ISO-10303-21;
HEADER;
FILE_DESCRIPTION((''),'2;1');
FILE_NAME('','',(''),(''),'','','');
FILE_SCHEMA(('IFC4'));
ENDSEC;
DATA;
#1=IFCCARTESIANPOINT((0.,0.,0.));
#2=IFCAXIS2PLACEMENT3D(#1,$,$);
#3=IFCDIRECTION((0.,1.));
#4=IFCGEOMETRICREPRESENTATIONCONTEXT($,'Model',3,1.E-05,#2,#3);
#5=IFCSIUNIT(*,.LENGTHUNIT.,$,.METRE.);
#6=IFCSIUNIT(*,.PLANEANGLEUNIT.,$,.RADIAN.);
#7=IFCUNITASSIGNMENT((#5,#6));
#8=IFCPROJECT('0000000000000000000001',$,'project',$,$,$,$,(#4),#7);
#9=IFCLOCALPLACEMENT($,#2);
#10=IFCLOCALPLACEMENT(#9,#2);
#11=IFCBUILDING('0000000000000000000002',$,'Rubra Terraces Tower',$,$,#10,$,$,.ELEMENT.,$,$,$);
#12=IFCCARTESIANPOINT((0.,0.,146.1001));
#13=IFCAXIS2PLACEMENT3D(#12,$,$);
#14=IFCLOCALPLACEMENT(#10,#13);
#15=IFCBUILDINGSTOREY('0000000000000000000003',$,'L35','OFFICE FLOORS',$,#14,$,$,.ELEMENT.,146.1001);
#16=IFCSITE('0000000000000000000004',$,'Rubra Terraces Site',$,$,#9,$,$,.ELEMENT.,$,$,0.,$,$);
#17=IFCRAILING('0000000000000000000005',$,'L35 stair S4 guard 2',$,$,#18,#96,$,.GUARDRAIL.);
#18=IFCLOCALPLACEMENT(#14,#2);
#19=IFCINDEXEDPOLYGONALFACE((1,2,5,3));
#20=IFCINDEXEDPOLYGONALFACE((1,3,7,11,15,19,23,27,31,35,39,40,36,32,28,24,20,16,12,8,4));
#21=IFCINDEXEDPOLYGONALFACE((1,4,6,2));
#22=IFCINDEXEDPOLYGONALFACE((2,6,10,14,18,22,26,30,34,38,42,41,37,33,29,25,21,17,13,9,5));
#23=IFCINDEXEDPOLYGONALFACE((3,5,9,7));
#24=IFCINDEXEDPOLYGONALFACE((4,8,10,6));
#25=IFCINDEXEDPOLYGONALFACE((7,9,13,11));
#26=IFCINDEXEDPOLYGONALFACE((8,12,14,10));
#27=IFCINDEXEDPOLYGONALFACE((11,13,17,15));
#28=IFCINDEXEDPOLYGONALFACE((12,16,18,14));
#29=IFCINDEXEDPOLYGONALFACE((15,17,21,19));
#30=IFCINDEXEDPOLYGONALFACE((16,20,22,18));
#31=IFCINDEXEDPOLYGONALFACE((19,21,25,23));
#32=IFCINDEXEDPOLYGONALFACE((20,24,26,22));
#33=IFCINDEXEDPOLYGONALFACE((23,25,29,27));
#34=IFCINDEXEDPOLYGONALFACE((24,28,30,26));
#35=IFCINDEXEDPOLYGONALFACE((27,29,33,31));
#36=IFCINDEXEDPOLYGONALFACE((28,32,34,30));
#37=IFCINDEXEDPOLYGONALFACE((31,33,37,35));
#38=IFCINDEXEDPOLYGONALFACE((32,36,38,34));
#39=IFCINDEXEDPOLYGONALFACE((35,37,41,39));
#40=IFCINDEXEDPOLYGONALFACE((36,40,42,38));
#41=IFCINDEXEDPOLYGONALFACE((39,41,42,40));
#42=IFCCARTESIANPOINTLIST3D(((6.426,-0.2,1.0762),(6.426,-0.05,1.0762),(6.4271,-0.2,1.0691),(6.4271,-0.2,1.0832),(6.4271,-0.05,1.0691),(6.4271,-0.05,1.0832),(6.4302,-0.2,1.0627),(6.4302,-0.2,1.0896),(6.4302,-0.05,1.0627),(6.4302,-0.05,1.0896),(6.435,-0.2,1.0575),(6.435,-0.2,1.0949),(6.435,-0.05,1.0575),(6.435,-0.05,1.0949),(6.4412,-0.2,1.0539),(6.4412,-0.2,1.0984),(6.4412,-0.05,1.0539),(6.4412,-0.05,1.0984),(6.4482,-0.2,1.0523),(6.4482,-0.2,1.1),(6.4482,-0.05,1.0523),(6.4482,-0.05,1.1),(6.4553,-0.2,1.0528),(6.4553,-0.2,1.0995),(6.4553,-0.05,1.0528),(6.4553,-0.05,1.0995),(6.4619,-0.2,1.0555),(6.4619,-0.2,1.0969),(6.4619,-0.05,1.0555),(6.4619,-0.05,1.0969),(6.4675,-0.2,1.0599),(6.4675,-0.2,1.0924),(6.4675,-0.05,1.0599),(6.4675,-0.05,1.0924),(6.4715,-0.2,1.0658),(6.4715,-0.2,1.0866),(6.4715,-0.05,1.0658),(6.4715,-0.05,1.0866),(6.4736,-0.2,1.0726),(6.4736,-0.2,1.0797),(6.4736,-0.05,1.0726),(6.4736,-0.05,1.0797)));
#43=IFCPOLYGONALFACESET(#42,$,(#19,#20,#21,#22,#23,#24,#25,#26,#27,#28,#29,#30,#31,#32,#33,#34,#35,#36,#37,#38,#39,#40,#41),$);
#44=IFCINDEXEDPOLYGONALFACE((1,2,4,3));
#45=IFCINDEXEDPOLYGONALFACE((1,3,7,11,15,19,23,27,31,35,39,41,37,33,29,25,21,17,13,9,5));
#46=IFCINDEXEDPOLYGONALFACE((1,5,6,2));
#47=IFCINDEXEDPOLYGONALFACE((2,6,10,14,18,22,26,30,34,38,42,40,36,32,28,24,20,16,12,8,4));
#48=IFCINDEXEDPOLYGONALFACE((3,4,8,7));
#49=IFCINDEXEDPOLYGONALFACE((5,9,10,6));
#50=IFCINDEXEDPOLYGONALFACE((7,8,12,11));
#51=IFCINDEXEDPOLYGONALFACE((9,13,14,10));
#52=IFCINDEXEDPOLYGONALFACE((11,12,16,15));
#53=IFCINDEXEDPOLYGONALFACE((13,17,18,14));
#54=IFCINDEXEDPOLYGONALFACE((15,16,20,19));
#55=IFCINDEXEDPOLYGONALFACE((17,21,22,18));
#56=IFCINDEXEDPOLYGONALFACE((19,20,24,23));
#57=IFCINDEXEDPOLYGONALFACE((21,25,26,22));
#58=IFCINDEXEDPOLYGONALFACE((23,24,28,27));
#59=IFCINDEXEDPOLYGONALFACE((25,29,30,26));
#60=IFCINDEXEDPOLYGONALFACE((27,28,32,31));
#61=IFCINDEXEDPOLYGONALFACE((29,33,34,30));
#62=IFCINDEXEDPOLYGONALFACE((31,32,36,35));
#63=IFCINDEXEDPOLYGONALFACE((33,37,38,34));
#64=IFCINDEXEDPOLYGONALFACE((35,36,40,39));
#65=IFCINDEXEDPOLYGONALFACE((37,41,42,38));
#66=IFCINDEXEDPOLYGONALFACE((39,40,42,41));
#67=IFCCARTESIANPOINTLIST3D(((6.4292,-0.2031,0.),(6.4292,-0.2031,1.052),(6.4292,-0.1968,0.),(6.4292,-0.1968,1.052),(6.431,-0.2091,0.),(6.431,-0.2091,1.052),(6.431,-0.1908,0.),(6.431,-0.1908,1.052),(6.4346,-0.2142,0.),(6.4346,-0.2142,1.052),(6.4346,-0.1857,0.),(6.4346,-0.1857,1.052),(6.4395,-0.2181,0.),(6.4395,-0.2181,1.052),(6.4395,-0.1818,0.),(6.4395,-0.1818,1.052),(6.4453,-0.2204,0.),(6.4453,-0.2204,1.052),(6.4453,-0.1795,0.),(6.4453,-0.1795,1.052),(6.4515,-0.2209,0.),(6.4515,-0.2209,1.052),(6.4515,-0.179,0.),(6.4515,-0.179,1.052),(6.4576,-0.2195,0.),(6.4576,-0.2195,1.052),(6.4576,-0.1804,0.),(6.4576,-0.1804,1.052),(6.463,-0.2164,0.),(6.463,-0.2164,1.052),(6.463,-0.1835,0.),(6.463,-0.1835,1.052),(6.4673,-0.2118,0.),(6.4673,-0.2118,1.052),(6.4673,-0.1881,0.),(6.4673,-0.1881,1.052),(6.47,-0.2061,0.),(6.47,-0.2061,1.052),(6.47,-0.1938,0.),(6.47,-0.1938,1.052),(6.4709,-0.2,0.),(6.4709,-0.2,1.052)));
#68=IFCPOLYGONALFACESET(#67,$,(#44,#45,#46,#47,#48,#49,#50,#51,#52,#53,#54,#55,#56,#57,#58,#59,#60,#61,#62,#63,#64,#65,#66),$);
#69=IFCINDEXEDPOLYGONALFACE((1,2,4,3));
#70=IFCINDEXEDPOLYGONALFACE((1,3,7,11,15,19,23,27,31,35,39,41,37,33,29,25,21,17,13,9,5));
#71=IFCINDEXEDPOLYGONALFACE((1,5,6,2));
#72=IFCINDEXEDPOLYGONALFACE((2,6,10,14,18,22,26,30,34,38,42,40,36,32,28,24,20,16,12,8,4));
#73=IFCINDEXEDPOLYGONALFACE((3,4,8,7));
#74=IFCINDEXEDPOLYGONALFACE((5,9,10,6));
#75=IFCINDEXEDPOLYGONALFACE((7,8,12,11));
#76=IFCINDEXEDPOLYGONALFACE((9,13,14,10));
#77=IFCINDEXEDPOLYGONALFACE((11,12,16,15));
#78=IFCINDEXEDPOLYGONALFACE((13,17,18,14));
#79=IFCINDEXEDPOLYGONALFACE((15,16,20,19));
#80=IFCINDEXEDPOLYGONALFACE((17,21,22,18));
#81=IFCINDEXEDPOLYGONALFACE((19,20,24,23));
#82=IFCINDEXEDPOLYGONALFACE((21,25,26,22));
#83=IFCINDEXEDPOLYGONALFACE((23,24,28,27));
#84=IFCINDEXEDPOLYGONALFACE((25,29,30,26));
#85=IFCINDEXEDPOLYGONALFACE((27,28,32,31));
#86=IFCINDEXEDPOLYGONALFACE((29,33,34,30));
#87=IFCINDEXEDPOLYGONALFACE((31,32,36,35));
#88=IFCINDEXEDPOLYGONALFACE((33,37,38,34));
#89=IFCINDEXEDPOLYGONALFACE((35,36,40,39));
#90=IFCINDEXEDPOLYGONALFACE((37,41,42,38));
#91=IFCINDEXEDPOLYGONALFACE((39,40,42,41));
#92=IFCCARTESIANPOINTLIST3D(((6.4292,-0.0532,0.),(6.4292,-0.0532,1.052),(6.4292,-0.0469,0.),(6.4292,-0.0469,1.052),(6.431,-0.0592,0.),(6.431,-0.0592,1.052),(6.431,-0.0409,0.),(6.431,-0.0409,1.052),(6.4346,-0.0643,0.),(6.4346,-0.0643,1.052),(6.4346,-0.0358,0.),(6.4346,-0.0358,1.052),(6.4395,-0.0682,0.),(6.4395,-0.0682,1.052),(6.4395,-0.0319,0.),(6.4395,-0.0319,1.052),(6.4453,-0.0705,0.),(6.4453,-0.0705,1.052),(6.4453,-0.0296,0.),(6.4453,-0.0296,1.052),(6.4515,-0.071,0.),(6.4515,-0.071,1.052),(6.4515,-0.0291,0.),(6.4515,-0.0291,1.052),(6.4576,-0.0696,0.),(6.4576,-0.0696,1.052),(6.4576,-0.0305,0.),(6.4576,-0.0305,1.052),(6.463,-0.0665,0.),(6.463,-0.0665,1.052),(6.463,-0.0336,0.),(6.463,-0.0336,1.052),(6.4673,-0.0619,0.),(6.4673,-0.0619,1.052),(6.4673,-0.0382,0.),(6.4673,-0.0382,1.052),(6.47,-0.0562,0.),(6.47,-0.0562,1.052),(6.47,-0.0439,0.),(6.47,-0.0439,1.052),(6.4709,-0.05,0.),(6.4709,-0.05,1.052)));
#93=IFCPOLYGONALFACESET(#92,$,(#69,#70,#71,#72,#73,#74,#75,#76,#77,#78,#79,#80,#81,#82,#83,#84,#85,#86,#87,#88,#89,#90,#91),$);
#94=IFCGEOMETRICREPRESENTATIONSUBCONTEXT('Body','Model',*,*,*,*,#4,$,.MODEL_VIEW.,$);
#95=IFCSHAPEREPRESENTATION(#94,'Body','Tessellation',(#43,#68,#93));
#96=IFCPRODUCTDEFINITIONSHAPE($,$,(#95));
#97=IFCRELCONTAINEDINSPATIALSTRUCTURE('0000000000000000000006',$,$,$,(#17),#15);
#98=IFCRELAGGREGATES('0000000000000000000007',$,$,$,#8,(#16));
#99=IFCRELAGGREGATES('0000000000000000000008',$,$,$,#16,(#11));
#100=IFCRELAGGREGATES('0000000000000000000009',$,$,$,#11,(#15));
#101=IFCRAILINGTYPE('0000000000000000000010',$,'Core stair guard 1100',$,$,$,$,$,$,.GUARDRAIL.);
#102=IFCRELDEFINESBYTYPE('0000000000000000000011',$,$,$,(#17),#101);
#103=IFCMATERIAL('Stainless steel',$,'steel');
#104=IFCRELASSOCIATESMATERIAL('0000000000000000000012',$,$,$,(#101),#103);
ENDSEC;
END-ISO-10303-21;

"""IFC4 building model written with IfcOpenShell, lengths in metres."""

from ifc_helpers import new_model, si_unit, direction, frame, origin, origin_2d, place, context, subcontext, project, spatial, circle, extrude, material, type_object, element, save


model = new_model("IFC4")

# Units and contexts
model_context = context("Model", 3, precision=1e-05, world=origin(), true_north=direction((0.0, 1.0)))
body_context = subcontext(model_context, "Body", "Model", "MODEL_VIEW")
ifc_project = project(units=[si_unit("LENGTHUNIT", "METRE"), si_unit("PLANEANGLEUNIT", "RADIAN")], contexts=[model_context])

# Site, building, storey
site_placement = place(None, origin())
site = spatial("IfcSite", under=ifc_project, at=site_placement, Name="Rubra Terraces Site", CompositionType="ELEMENT", RefElevation=0.0)
building_placement = place(site_placement, origin())
building = spatial("IfcBuilding", under=site, at=building_placement, Name="Rubra Terraces Tower", CompositionType="ELEMENT")
storey_placement = place(building_placement, frame((0.0, 0.0, 146.1001)))
storey = spatial("IfcBuildingStorey", under=building, at=storey_placement, Name="L35", Description="OFFICE FLOORS", CompositionType="ELEMENT", Elevation=146.1001)

# Railing
ifc_material_1 = material(Name="Stainless steel", Category="steel")
railing_type_1 = type_object("IfcRailingType", Name="Core stair guard 1100", PredefinedType="GUARDRAIL", material=ifc_material_1)
railing_1_placement = place(storey_placement, frame((6.45, -0.2, 0.0)))
element("IfcRailing", 1, at=railing_1_placement, inside=storey, type_object=railing_type_1, Name="L35 stair S4 guard 2", PredefinedType="GUARDRAIL", context=body_context, shape_type="SweptSolid", body=[
    extrude(circle(Radius=0.0239, at=origin_2d()), frame((0.0, 0.0, 1.0762), z_axis=(0.0, 1.0, 0.0), x_axis=(-1.0, 0.0, 0.0)), (0.0, 0.0, 1.0), 0.1499),
    extrude(circle(Radius=0.021, at=origin_2d()), origin(), (0.0, 0.0, 1.0), 1.052),
    extrude(circle(Radius=0.021, at=origin_2d()), frame((0.0, 0.1499, 0.0)), (0.0, 0.0, 1.0), 1.052),
])

save(model, "model.ifc")
